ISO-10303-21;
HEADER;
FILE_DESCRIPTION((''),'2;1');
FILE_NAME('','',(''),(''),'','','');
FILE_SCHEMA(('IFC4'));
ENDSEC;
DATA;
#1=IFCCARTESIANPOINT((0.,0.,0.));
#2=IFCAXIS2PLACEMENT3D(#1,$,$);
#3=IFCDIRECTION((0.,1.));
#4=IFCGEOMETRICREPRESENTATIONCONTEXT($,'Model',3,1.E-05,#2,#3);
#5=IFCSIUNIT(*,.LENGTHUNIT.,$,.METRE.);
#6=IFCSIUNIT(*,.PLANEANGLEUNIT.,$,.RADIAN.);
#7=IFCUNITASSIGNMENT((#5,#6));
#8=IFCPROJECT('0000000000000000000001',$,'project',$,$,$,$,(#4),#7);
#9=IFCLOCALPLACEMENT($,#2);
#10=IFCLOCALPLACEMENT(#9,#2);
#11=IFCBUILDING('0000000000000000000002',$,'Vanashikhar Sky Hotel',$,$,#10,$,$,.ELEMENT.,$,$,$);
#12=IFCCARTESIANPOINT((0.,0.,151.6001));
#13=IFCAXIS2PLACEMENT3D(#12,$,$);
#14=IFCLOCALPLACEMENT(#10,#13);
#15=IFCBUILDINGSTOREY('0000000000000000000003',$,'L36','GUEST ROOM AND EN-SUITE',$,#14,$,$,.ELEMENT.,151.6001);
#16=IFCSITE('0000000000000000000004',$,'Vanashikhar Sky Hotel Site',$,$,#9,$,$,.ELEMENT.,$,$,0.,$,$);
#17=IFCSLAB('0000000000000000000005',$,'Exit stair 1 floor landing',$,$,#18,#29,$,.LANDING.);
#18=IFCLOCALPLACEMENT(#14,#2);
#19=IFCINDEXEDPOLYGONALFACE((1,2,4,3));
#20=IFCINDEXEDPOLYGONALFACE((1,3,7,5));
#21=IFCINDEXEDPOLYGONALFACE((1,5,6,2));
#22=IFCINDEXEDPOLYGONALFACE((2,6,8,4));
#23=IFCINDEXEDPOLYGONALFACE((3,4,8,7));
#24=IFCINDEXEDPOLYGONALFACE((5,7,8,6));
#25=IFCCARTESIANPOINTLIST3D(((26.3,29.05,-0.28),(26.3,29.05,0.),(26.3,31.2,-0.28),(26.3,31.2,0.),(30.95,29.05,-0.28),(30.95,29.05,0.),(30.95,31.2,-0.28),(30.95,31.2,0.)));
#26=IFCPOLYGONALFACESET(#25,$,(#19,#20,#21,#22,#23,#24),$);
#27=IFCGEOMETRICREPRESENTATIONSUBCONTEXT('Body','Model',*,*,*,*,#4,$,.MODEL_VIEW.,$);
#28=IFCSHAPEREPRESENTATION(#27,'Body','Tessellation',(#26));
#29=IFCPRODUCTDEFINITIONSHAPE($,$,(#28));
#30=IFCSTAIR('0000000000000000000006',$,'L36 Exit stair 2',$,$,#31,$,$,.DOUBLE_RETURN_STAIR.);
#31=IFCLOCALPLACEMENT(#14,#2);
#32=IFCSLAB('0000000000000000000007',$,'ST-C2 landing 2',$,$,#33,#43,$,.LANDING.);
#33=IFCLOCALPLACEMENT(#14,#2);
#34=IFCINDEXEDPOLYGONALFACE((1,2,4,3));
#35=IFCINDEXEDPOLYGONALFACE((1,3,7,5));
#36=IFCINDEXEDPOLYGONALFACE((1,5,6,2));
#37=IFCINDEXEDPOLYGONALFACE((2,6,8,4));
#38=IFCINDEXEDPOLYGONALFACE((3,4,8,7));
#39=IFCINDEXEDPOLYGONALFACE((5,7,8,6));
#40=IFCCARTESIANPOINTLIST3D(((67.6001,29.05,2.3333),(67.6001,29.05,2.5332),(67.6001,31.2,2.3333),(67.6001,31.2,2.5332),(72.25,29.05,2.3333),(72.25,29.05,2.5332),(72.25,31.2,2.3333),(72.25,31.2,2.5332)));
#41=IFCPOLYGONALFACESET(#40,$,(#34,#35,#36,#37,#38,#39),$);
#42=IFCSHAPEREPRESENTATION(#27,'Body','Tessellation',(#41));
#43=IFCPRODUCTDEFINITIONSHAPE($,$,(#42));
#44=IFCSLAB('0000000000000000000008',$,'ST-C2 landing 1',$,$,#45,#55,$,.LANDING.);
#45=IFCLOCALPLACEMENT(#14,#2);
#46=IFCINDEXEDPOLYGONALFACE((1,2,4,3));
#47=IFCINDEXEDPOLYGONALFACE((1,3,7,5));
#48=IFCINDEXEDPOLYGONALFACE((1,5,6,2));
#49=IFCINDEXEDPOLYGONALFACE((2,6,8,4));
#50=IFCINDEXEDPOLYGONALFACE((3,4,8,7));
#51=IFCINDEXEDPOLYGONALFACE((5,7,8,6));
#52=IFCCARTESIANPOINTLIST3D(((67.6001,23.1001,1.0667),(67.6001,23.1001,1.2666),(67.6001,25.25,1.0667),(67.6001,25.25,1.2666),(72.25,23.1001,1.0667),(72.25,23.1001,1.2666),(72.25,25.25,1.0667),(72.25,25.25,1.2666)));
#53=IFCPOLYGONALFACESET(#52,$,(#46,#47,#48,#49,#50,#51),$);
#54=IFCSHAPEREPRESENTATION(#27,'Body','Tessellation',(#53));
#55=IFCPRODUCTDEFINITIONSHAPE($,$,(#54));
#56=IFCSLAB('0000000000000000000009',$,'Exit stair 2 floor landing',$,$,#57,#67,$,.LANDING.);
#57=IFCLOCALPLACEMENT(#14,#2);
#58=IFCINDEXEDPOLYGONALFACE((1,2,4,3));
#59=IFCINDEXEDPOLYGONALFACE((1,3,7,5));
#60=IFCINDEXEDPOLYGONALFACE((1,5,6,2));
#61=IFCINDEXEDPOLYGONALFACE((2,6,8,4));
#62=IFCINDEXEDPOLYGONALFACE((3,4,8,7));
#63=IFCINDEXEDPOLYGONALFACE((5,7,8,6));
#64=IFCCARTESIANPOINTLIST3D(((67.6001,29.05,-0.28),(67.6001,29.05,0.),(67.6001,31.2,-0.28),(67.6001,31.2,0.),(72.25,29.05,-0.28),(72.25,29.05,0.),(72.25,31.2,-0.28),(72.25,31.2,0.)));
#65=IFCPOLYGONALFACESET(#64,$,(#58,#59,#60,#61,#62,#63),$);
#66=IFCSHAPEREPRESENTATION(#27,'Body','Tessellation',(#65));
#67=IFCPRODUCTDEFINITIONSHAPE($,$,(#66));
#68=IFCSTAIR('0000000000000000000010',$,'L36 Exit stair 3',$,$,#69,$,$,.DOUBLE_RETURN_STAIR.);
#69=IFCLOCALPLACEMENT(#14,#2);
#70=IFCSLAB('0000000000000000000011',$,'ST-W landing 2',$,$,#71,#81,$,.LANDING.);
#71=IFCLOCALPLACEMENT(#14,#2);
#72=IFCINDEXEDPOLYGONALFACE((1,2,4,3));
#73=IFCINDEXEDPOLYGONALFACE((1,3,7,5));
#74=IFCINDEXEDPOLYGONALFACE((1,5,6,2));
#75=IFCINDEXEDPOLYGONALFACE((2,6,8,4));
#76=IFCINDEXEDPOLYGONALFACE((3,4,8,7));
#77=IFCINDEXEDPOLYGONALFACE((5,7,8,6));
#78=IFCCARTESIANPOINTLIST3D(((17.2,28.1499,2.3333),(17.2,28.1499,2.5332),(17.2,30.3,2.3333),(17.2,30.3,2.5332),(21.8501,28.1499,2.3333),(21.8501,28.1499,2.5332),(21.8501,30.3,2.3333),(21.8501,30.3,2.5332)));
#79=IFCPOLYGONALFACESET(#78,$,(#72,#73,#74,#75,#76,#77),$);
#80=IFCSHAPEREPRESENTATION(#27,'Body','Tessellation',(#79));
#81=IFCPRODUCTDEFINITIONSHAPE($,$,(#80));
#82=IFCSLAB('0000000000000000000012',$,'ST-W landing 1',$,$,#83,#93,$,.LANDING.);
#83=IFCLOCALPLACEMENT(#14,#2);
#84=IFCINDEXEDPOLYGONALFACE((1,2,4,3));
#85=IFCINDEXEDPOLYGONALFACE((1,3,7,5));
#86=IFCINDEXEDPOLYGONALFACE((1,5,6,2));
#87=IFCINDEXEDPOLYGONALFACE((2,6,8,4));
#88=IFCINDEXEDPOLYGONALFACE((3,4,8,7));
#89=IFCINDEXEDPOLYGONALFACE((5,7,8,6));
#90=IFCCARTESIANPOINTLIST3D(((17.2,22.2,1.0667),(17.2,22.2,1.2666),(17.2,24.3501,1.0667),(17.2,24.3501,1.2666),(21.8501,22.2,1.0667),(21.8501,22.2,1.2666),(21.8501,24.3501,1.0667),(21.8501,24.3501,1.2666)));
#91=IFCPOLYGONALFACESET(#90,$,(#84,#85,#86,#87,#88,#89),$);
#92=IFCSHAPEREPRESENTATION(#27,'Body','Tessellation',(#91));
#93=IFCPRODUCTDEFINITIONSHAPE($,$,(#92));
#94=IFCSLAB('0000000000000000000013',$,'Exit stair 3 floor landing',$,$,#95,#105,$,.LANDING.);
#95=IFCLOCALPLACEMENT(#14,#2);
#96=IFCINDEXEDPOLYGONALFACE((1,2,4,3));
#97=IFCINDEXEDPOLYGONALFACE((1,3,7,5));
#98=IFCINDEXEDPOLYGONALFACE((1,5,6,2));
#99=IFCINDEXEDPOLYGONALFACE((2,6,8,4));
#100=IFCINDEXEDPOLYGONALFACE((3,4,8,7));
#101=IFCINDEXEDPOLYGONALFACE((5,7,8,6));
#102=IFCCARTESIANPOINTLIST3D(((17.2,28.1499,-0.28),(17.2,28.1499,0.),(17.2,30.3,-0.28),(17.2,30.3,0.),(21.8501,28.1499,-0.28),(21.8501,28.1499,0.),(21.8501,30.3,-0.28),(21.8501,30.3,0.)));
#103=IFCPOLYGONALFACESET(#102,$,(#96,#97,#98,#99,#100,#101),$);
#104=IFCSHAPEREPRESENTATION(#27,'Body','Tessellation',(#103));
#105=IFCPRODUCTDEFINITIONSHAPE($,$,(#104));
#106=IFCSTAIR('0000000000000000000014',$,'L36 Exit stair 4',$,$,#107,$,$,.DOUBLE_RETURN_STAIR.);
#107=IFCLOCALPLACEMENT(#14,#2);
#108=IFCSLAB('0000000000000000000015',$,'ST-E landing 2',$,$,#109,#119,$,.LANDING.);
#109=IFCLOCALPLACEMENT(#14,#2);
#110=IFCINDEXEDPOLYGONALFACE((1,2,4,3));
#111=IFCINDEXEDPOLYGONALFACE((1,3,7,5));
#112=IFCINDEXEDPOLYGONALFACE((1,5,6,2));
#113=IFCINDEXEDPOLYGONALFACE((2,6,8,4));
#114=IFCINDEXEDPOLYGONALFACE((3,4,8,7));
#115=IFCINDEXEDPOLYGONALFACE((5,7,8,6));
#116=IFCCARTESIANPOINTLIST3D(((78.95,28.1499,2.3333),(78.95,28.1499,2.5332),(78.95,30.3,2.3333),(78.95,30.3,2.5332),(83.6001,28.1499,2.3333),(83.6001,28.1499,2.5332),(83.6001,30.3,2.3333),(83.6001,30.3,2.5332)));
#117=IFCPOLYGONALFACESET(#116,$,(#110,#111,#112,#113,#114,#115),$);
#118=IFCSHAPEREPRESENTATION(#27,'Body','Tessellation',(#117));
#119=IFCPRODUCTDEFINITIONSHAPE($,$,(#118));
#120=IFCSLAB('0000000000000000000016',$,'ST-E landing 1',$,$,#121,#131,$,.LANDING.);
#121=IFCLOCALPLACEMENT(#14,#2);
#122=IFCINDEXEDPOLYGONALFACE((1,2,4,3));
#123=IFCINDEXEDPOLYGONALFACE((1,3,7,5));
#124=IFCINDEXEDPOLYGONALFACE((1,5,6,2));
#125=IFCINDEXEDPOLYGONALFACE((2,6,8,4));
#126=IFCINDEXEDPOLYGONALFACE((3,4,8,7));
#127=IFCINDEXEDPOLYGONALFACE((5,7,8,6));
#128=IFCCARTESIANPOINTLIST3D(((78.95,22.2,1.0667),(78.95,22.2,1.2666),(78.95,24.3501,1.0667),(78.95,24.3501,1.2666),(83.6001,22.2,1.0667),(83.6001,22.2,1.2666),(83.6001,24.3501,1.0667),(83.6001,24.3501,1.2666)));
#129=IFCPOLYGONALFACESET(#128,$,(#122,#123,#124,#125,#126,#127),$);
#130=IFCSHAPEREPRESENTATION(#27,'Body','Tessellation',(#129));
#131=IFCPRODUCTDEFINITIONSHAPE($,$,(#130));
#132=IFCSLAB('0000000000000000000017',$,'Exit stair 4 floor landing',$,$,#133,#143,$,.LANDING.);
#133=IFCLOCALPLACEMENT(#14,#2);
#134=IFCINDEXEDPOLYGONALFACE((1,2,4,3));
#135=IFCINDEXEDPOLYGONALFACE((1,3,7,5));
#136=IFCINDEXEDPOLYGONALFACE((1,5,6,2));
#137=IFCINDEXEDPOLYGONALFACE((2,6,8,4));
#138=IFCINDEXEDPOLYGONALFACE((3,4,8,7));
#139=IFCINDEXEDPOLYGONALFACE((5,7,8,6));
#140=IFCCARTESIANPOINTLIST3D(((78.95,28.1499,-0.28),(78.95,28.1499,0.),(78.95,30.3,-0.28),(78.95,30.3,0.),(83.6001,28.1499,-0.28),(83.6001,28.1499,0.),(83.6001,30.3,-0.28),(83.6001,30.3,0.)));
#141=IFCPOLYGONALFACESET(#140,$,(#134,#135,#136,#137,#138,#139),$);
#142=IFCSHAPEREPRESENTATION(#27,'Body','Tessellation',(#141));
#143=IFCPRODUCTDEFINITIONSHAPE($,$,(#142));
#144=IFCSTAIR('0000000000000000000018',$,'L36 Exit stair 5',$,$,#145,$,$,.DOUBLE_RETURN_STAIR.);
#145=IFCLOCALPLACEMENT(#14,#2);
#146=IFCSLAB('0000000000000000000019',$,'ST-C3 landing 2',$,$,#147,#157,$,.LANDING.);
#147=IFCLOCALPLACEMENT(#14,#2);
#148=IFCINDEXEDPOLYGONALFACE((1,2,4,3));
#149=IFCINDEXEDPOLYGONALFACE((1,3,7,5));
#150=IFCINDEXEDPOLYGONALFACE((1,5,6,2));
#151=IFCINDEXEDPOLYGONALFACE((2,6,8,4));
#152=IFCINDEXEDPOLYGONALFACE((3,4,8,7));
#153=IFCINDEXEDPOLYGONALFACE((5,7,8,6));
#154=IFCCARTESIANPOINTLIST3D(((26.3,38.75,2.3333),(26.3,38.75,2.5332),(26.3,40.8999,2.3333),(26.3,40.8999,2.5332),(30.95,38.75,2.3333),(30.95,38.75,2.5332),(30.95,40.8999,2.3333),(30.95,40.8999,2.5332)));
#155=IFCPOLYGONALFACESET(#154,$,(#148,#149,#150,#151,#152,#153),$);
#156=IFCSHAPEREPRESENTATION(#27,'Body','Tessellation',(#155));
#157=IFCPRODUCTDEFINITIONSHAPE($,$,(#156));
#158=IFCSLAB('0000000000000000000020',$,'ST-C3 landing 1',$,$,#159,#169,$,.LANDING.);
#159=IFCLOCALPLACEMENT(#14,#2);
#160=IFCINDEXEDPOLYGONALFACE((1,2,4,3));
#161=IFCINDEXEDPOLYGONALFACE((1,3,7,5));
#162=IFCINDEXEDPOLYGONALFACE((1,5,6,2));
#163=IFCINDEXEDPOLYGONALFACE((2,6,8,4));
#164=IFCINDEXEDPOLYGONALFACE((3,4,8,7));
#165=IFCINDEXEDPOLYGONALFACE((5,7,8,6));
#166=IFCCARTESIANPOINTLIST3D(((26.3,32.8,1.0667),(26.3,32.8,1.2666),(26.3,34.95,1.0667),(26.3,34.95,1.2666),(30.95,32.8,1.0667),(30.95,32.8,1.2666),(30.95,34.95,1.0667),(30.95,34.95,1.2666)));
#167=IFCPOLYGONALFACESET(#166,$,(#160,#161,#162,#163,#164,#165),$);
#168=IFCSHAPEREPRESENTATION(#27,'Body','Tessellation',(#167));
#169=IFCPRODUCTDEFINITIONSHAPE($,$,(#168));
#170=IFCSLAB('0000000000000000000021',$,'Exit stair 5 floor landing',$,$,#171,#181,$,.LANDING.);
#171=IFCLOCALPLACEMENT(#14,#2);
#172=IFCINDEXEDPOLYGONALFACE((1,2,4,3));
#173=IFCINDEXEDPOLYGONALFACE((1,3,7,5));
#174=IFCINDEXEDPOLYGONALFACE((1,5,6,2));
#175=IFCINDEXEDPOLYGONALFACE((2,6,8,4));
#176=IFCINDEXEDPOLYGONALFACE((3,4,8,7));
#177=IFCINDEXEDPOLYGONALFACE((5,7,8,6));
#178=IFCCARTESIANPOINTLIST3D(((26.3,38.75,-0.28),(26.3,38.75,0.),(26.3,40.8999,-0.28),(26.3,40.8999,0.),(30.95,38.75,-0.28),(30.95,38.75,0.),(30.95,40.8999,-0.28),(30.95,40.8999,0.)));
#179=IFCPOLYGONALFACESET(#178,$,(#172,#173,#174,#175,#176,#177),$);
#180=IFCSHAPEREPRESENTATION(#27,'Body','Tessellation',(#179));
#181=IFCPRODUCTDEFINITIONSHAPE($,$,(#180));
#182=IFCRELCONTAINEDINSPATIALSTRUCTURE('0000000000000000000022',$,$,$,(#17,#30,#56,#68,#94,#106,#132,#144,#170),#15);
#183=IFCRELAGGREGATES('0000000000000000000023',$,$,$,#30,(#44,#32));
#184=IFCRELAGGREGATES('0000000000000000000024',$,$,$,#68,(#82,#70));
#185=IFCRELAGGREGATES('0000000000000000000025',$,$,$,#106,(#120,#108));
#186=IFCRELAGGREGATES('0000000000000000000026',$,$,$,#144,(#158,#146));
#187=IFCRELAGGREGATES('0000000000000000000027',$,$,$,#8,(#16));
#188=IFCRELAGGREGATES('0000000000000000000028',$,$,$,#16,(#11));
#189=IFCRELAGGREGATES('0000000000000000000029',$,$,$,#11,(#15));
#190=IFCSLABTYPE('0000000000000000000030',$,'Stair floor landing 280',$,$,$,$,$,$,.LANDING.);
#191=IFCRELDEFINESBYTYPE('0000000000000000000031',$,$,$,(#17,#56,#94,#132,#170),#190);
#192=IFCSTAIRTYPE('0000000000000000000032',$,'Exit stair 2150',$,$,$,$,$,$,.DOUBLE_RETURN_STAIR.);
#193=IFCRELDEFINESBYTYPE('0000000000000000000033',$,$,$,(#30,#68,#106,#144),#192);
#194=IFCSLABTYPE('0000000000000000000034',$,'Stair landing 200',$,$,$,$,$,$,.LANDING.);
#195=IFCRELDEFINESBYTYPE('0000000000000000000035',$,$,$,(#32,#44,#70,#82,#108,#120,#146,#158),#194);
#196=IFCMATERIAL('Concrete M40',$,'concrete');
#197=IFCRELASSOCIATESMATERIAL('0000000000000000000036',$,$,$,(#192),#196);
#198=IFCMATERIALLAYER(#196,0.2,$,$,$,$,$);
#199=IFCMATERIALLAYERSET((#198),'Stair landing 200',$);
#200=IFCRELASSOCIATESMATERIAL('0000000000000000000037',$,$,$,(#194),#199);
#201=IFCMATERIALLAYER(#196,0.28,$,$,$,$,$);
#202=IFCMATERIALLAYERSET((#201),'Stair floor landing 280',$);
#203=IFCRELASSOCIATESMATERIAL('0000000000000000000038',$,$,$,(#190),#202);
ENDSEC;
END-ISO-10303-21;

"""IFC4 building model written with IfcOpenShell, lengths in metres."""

from ifc_helpers import new_model, si_unit, direction, frame, origin, place, context, subcontext, project, spatial, polyline, outline, extrude, source, transform, mapped, material, layer, layer_set, type_object, element, aggregate, save


model = new_model("IFC4")

# Units and contexts
model_context = context("Model", 3, precision=1e-05, world=origin(), true_north=direction((0.0, 1.0)))
body_context = subcontext(model_context, "Body", "Model", "MODEL_VIEW")
ifc_project = project(units=[si_unit("LENGTHUNIT", "METRE"), si_unit("PLANEANGLEUNIT", "RADIAN")], contexts=[model_context])

# Site, building, storey
site_placement = place(None, origin())
site = spatial("IfcSite", under=ifc_project, at=site_placement, Name="Vanashikhar Sky Hotel Site", CompositionType="ELEMENT", RefElevation=0.0)
building_placement = place(site_placement, origin())
building = spatial("IfcBuilding", under=site, at=building_placement, Name="Vanashikhar Sky Hotel", CompositionType="ELEMENT")
storey_placement = place(building_placement, frame((0.0, 0.0, 151.6001)))
storey = spatial("IfcBuildingStorey", under=building, at=storey_placement, Name="L36", Description="GUEST ROOM AND EN-SUITE", CompositionType="ELEMENT", Elevation=151.6001)

# Shared definitions
ifc_material = material(Name="Concrete M40", Category="concrete")

# Shared definitions
stair_type = type_object("IfcStairType", Name="Exit stair 2150", PredefinedType="DOUBLE_RETURN_STAIR", material=ifc_material)
ifc_layer_1 = layer(ifc_material, 0.2)
ifc_layer_set_1 = layer_set([ifc_layer_1], Name="Stair landing 200")
slab_type_1 = type_object("IfcSlabType", Name="Stair landing 200", PredefinedType="LANDING", material=ifc_layer_set_1)

# Slab
ifc_layer_2 = layer(ifc_material, 0.28)
ifc_layer_set_2 = layer_set([ifc_layer_2], Name="Stair floor landing 280")
slab_type_2 = type_object("IfcSlabType", Name="Stair floor landing 280", PredefinedType="LANDING", material=ifc_layer_set_2)
shared_shape_1 = source(origin(), body_context, "Body", "SweptSolid", [
    extrude(outline(polyline([(30.95, 29.05), (30.95, 31.2), (26.3, 31.2), (26.3, 29.05), (30.95, 29.05)])), origin(), (0.0, 0.0, 1.0), 0.28),
])
slab_1_placement = place(storey_placement, frame((0.0, 0.0, -0.28)))
element("IfcSlab", 1, at=slab_1_placement, inside=storey, type_object=slab_type_2, Name="Exit stair 1 floor landing", PredefinedType="LANDING", context=body_context, shape_type="MappedRepresentation", body=[
    mapped(shared_shape_1, transform((0.0, 0.0, 0.0), scale=1.0)),
])

# Stair, slabs
stair_1_placement = place(storey_placement, origin())
stair_1 = element("IfcStair", 2, at=stair_1_placement, inside=storey, type_object=stair_type, Name="L36 Exit stair 2", PredefinedType="DOUBLE_RETURN_STAIR")
shared_shape_2 = source(origin(), body_context, "Body", "SweptSolid", [
    extrude(outline(polyline([(72.25, 29.05), (72.25, 31.2), (67.6001, 31.2), (67.6001, 29.05), (72.25, 29.05)])), origin(), (0.0, 0.0, 1.0), 0.2),
])
slab_2_placement = place(storey_placement, frame((0.0, 0.0, 2.3333)))
slab_2 = element("IfcSlab", 3, at=slab_2_placement, type_object=slab_type_1, Name="ST-C2 landing 2", PredefinedType="LANDING", context=body_context, shape_type="MappedRepresentation", body=[
    mapped(shared_shape_2, transform((0.0, 0.0, 0.0), scale=1.0)),
])
shared_shape_3 = source(origin(), body_context, "Body", "SweptSolid", [
    extrude(outline(polyline([(72.25, 23.1001), (72.25, 25.25), (67.6001, 25.25), (67.6001, 23.1001), (72.25, 23.1001)])), origin(), (0.0, 0.0, 1.0), 0.2),
])
slab_3_placement = place(storey_placement, frame((0.0, 0.0, 1.0667)))
slab_3 = element("IfcSlab", 4, at=slab_3_placement, type_object=slab_type_1, Name="ST-C2 landing 1", PredefinedType="LANDING", context=body_context, shape_type="MappedRepresentation", body=[
    mapped(shared_shape_3, transform((0.0, 0.0, 0.0), scale=1.0)),
])
aggregate(stair_1, [slab_3, slab_2])

# Slab
shared_shape_4 = source(origin(), body_context, "Body", "SweptSolid", [
    extrude(outline(polyline([(72.25, 29.05), (72.25, 31.2), (67.6001, 31.2), (67.6001, 29.05), (72.25, 29.05)])), origin(), (0.0, 0.0, 1.0), 0.28),
])
slab_4_placement = place(storey_placement, frame((0.0, 0.0, -0.28)))
element("IfcSlab", 5, at=slab_4_placement, inside=storey, type_object=slab_type_2, Name="Exit stair 2 floor landing", PredefinedType="LANDING", context=body_context, shape_type="MappedRepresentation", body=[
    mapped(shared_shape_4, transform((0.0, 0.0, 0.0), scale=1.0)),
])

# Stair, slabs
stair_2_placement = place(storey_placement, origin())
stair_2 = element("IfcStair", 6, at=stair_2_placement, inside=storey, type_object=stair_type, Name="L36 Exit stair 3", PredefinedType="DOUBLE_RETURN_STAIR")
shared_shape_5 = source(origin(), body_context, "Body", "SweptSolid", [
    extrude(outline(polyline([(21.8501, 28.1499), (21.8501, 30.3), (17.2, 30.3), (17.2, 28.1499), (21.8501, 28.1499)])), origin(), (0.0, 0.0, 1.0), 0.2),
])
slab_5_placement = place(storey_placement, frame((0.0, 0.0, 2.3333)))
slab_5 = element("IfcSlab", 7, at=slab_5_placement, type_object=slab_type_1, Name="ST-W landing 2", PredefinedType="LANDING", context=body_context, shape_type="MappedRepresentation", body=[
    mapped(shared_shape_5, transform((0.0, 0.0, 0.0), scale=1.0)),
])
shared_shape_6 = source(origin(), body_context, "Body", "SweptSolid", [
    extrude(outline(polyline([(21.8501, 22.2), (21.8501, 24.3501), (17.2, 24.3501), (17.2, 22.2), (21.8501, 22.2)])), origin(), (0.0, 0.0, 1.0), 0.2),
])
slab_6_placement = place(storey_placement, frame((0.0, 0.0, 1.0667)))
slab_6 = element("IfcSlab", 8, at=slab_6_placement, type_object=slab_type_1, Name="ST-W landing 1", PredefinedType="LANDING", context=body_context, shape_type="MappedRepresentation", body=[
    mapped(shared_shape_6, transform((0.0, 0.0, 0.0), scale=1.0)),
])
aggregate(stair_2, [slab_6, slab_5])

# Slab
shared_shape_7 = source(origin(), body_context, "Body", "SweptSolid", [
    extrude(outline(polyline([(21.8501, 28.1499), (21.8501, 30.3), (17.2, 30.3), (17.2, 28.1499), (21.8501, 28.1499)])), origin(), (0.0, 0.0, 1.0), 0.28),
])
slab_7_placement = place(storey_placement, frame((0.0, 0.0, -0.28)))
element("IfcSlab", 9, at=slab_7_placement, inside=storey, type_object=slab_type_2, Name="Exit stair 3 floor landing", PredefinedType="LANDING", context=body_context, shape_type="MappedRepresentation", body=[
    mapped(shared_shape_7, transform((0.0, 0.0, 0.0), scale=1.0)),
])

# Stair, slabs
stair_3_placement = place(storey_placement, origin())
stair_3 = element("IfcStair", 10, at=stair_3_placement, inside=storey, type_object=stair_type, Name="L36 Exit stair 4", PredefinedType="DOUBLE_RETURN_STAIR")
shared_shape_8 = source(origin(), body_context, "Body", "SweptSolid", [
    extrude(outline(polyline([(83.6001, 28.1499), (83.6001, 30.3), (78.95, 30.3), (78.95, 28.1499), (83.6001, 28.1499)])), origin(), (0.0, 0.0, 1.0), 0.2),
])
slab_8_placement = place(storey_placement, frame((0.0, 0.0, 2.3333)))
slab_8 = element("IfcSlab", 11, at=slab_8_placement, type_object=slab_type_1, Name="ST-E landing 2", PredefinedType="LANDING", context=body_context, shape_type="MappedRepresentation", body=[
    mapped(shared_shape_8, transform((0.0, 0.0, 0.0), scale=1.0)),
])
shared_shape_9 = source(origin(), body_context, "Body", "SweptSolid", [
    extrude(outline(polyline([(83.6001, 22.2), (83.6001, 24.3501), (78.95, 24.3501), (78.95, 22.2), (83.6001, 22.2)])), origin(), (0.0, 0.0, 1.0), 0.2),
])
slab_9_placement = place(storey_placement, frame((0.0, 0.0, 1.0667)))
slab_9 = element("IfcSlab", 12, at=slab_9_placement, type_object=slab_type_1, Name="ST-E landing 1", PredefinedType="LANDING", context=body_context, shape_type="MappedRepresentation", body=[
    mapped(shared_shape_9, transform((0.0, 0.0, 0.0), scale=1.0)),
])
aggregate(stair_3, [slab_9, slab_8])

# Slab
shared_shape_10 = source(origin(), body_context, "Body", "SweptSolid", [
    extrude(outline(polyline([(83.6001, 28.1499), (83.6001, 30.3), (78.95, 30.3), (78.95, 28.1499), (83.6001, 28.1499)])), origin(), (0.0, 0.0, 1.0), 0.28),
])
slab_10_placement = place(storey_placement, frame((0.0, 0.0, -0.28)))
element("IfcSlab", 13, at=slab_10_placement, inside=storey, type_object=slab_type_2, Name="Exit stair 4 floor landing", PredefinedType="LANDING", context=body_context, shape_type="MappedRepresentation", body=[
    mapped(shared_shape_10, transform((0.0, 0.0, 0.0), scale=1.0)),
])

# Stair, slabs
stair_4_placement = place(storey_placement, origin())
stair_4 = element("IfcStair", 14, at=stair_4_placement, inside=storey, type_object=stair_type, Name="L36 Exit stair 5", PredefinedType="DOUBLE_RETURN_STAIR")
shared_shape_11 = source(origin(), body_context, "Body", "SweptSolid", [
    extrude(outline(polyline([(30.95, 38.75), (30.95, 40.8999), (26.3, 40.8999), (26.3, 38.75), (30.95, 38.75)])), origin(), (0.0, 0.0, 1.0), 0.2),
])
slab_11_placement = place(storey_placement, frame((0.0, 0.0, 2.3333)))
slab_11 = element("IfcSlab", 15, at=slab_11_placement, type_object=slab_type_1, Name="ST-C3 landing 2", PredefinedType="LANDING", context=body_context, shape_type="MappedRepresentation", body=[
    mapped(shared_shape_11, transform((0.0, 0.0, 0.0), scale=1.0)),
])
shared_shape_12 = source(origin(), body_context, "Body", "SweptSolid", [
    extrude(outline(polyline([(30.95, 32.8), (30.95, 34.95), (26.3, 34.95), (26.3, 32.8), (30.95, 32.8)])), origin(), (0.0, 0.0, 1.0), 0.2),
])
slab_12_placement = place(storey_placement, frame((0.0, 0.0, 1.0667)))
slab_12 = element("IfcSlab", 16, at=slab_12_placement, type_object=slab_type_1, Name="ST-C3 landing 1", PredefinedType="LANDING", context=body_context, shape_type="MappedRepresentation", body=[
    mapped(shared_shape_12, transform((0.0, 0.0, 0.0), scale=1.0)),
])
aggregate(stair_4, [slab_12, slab_11])

# Slab
shared_shape_13 = source(origin(), body_context, "Body", "SweptSolid", [
    extrude(outline(polyline([(30.95, 38.75), (30.95, 40.8999), (26.3, 40.8999), (26.3, 38.75), (30.95, 38.75)])), origin(), (0.0, 0.0, 1.0), 0.28),
])
slab_13_placement = place(storey_placement, frame((0.0, 0.0, -0.28)))
element("IfcSlab", 17, at=slab_13_placement, inside=storey, type_object=slab_type_2, Name="Exit stair 5 floor landing", PredefinedType="LANDING", context=body_context, shape_type="MappedRepresentation", body=[
    mapped(shared_shape_13, transform((0.0, 0.0, 0.0), scale=1.0)),
])

save(model, "model.ifc")
